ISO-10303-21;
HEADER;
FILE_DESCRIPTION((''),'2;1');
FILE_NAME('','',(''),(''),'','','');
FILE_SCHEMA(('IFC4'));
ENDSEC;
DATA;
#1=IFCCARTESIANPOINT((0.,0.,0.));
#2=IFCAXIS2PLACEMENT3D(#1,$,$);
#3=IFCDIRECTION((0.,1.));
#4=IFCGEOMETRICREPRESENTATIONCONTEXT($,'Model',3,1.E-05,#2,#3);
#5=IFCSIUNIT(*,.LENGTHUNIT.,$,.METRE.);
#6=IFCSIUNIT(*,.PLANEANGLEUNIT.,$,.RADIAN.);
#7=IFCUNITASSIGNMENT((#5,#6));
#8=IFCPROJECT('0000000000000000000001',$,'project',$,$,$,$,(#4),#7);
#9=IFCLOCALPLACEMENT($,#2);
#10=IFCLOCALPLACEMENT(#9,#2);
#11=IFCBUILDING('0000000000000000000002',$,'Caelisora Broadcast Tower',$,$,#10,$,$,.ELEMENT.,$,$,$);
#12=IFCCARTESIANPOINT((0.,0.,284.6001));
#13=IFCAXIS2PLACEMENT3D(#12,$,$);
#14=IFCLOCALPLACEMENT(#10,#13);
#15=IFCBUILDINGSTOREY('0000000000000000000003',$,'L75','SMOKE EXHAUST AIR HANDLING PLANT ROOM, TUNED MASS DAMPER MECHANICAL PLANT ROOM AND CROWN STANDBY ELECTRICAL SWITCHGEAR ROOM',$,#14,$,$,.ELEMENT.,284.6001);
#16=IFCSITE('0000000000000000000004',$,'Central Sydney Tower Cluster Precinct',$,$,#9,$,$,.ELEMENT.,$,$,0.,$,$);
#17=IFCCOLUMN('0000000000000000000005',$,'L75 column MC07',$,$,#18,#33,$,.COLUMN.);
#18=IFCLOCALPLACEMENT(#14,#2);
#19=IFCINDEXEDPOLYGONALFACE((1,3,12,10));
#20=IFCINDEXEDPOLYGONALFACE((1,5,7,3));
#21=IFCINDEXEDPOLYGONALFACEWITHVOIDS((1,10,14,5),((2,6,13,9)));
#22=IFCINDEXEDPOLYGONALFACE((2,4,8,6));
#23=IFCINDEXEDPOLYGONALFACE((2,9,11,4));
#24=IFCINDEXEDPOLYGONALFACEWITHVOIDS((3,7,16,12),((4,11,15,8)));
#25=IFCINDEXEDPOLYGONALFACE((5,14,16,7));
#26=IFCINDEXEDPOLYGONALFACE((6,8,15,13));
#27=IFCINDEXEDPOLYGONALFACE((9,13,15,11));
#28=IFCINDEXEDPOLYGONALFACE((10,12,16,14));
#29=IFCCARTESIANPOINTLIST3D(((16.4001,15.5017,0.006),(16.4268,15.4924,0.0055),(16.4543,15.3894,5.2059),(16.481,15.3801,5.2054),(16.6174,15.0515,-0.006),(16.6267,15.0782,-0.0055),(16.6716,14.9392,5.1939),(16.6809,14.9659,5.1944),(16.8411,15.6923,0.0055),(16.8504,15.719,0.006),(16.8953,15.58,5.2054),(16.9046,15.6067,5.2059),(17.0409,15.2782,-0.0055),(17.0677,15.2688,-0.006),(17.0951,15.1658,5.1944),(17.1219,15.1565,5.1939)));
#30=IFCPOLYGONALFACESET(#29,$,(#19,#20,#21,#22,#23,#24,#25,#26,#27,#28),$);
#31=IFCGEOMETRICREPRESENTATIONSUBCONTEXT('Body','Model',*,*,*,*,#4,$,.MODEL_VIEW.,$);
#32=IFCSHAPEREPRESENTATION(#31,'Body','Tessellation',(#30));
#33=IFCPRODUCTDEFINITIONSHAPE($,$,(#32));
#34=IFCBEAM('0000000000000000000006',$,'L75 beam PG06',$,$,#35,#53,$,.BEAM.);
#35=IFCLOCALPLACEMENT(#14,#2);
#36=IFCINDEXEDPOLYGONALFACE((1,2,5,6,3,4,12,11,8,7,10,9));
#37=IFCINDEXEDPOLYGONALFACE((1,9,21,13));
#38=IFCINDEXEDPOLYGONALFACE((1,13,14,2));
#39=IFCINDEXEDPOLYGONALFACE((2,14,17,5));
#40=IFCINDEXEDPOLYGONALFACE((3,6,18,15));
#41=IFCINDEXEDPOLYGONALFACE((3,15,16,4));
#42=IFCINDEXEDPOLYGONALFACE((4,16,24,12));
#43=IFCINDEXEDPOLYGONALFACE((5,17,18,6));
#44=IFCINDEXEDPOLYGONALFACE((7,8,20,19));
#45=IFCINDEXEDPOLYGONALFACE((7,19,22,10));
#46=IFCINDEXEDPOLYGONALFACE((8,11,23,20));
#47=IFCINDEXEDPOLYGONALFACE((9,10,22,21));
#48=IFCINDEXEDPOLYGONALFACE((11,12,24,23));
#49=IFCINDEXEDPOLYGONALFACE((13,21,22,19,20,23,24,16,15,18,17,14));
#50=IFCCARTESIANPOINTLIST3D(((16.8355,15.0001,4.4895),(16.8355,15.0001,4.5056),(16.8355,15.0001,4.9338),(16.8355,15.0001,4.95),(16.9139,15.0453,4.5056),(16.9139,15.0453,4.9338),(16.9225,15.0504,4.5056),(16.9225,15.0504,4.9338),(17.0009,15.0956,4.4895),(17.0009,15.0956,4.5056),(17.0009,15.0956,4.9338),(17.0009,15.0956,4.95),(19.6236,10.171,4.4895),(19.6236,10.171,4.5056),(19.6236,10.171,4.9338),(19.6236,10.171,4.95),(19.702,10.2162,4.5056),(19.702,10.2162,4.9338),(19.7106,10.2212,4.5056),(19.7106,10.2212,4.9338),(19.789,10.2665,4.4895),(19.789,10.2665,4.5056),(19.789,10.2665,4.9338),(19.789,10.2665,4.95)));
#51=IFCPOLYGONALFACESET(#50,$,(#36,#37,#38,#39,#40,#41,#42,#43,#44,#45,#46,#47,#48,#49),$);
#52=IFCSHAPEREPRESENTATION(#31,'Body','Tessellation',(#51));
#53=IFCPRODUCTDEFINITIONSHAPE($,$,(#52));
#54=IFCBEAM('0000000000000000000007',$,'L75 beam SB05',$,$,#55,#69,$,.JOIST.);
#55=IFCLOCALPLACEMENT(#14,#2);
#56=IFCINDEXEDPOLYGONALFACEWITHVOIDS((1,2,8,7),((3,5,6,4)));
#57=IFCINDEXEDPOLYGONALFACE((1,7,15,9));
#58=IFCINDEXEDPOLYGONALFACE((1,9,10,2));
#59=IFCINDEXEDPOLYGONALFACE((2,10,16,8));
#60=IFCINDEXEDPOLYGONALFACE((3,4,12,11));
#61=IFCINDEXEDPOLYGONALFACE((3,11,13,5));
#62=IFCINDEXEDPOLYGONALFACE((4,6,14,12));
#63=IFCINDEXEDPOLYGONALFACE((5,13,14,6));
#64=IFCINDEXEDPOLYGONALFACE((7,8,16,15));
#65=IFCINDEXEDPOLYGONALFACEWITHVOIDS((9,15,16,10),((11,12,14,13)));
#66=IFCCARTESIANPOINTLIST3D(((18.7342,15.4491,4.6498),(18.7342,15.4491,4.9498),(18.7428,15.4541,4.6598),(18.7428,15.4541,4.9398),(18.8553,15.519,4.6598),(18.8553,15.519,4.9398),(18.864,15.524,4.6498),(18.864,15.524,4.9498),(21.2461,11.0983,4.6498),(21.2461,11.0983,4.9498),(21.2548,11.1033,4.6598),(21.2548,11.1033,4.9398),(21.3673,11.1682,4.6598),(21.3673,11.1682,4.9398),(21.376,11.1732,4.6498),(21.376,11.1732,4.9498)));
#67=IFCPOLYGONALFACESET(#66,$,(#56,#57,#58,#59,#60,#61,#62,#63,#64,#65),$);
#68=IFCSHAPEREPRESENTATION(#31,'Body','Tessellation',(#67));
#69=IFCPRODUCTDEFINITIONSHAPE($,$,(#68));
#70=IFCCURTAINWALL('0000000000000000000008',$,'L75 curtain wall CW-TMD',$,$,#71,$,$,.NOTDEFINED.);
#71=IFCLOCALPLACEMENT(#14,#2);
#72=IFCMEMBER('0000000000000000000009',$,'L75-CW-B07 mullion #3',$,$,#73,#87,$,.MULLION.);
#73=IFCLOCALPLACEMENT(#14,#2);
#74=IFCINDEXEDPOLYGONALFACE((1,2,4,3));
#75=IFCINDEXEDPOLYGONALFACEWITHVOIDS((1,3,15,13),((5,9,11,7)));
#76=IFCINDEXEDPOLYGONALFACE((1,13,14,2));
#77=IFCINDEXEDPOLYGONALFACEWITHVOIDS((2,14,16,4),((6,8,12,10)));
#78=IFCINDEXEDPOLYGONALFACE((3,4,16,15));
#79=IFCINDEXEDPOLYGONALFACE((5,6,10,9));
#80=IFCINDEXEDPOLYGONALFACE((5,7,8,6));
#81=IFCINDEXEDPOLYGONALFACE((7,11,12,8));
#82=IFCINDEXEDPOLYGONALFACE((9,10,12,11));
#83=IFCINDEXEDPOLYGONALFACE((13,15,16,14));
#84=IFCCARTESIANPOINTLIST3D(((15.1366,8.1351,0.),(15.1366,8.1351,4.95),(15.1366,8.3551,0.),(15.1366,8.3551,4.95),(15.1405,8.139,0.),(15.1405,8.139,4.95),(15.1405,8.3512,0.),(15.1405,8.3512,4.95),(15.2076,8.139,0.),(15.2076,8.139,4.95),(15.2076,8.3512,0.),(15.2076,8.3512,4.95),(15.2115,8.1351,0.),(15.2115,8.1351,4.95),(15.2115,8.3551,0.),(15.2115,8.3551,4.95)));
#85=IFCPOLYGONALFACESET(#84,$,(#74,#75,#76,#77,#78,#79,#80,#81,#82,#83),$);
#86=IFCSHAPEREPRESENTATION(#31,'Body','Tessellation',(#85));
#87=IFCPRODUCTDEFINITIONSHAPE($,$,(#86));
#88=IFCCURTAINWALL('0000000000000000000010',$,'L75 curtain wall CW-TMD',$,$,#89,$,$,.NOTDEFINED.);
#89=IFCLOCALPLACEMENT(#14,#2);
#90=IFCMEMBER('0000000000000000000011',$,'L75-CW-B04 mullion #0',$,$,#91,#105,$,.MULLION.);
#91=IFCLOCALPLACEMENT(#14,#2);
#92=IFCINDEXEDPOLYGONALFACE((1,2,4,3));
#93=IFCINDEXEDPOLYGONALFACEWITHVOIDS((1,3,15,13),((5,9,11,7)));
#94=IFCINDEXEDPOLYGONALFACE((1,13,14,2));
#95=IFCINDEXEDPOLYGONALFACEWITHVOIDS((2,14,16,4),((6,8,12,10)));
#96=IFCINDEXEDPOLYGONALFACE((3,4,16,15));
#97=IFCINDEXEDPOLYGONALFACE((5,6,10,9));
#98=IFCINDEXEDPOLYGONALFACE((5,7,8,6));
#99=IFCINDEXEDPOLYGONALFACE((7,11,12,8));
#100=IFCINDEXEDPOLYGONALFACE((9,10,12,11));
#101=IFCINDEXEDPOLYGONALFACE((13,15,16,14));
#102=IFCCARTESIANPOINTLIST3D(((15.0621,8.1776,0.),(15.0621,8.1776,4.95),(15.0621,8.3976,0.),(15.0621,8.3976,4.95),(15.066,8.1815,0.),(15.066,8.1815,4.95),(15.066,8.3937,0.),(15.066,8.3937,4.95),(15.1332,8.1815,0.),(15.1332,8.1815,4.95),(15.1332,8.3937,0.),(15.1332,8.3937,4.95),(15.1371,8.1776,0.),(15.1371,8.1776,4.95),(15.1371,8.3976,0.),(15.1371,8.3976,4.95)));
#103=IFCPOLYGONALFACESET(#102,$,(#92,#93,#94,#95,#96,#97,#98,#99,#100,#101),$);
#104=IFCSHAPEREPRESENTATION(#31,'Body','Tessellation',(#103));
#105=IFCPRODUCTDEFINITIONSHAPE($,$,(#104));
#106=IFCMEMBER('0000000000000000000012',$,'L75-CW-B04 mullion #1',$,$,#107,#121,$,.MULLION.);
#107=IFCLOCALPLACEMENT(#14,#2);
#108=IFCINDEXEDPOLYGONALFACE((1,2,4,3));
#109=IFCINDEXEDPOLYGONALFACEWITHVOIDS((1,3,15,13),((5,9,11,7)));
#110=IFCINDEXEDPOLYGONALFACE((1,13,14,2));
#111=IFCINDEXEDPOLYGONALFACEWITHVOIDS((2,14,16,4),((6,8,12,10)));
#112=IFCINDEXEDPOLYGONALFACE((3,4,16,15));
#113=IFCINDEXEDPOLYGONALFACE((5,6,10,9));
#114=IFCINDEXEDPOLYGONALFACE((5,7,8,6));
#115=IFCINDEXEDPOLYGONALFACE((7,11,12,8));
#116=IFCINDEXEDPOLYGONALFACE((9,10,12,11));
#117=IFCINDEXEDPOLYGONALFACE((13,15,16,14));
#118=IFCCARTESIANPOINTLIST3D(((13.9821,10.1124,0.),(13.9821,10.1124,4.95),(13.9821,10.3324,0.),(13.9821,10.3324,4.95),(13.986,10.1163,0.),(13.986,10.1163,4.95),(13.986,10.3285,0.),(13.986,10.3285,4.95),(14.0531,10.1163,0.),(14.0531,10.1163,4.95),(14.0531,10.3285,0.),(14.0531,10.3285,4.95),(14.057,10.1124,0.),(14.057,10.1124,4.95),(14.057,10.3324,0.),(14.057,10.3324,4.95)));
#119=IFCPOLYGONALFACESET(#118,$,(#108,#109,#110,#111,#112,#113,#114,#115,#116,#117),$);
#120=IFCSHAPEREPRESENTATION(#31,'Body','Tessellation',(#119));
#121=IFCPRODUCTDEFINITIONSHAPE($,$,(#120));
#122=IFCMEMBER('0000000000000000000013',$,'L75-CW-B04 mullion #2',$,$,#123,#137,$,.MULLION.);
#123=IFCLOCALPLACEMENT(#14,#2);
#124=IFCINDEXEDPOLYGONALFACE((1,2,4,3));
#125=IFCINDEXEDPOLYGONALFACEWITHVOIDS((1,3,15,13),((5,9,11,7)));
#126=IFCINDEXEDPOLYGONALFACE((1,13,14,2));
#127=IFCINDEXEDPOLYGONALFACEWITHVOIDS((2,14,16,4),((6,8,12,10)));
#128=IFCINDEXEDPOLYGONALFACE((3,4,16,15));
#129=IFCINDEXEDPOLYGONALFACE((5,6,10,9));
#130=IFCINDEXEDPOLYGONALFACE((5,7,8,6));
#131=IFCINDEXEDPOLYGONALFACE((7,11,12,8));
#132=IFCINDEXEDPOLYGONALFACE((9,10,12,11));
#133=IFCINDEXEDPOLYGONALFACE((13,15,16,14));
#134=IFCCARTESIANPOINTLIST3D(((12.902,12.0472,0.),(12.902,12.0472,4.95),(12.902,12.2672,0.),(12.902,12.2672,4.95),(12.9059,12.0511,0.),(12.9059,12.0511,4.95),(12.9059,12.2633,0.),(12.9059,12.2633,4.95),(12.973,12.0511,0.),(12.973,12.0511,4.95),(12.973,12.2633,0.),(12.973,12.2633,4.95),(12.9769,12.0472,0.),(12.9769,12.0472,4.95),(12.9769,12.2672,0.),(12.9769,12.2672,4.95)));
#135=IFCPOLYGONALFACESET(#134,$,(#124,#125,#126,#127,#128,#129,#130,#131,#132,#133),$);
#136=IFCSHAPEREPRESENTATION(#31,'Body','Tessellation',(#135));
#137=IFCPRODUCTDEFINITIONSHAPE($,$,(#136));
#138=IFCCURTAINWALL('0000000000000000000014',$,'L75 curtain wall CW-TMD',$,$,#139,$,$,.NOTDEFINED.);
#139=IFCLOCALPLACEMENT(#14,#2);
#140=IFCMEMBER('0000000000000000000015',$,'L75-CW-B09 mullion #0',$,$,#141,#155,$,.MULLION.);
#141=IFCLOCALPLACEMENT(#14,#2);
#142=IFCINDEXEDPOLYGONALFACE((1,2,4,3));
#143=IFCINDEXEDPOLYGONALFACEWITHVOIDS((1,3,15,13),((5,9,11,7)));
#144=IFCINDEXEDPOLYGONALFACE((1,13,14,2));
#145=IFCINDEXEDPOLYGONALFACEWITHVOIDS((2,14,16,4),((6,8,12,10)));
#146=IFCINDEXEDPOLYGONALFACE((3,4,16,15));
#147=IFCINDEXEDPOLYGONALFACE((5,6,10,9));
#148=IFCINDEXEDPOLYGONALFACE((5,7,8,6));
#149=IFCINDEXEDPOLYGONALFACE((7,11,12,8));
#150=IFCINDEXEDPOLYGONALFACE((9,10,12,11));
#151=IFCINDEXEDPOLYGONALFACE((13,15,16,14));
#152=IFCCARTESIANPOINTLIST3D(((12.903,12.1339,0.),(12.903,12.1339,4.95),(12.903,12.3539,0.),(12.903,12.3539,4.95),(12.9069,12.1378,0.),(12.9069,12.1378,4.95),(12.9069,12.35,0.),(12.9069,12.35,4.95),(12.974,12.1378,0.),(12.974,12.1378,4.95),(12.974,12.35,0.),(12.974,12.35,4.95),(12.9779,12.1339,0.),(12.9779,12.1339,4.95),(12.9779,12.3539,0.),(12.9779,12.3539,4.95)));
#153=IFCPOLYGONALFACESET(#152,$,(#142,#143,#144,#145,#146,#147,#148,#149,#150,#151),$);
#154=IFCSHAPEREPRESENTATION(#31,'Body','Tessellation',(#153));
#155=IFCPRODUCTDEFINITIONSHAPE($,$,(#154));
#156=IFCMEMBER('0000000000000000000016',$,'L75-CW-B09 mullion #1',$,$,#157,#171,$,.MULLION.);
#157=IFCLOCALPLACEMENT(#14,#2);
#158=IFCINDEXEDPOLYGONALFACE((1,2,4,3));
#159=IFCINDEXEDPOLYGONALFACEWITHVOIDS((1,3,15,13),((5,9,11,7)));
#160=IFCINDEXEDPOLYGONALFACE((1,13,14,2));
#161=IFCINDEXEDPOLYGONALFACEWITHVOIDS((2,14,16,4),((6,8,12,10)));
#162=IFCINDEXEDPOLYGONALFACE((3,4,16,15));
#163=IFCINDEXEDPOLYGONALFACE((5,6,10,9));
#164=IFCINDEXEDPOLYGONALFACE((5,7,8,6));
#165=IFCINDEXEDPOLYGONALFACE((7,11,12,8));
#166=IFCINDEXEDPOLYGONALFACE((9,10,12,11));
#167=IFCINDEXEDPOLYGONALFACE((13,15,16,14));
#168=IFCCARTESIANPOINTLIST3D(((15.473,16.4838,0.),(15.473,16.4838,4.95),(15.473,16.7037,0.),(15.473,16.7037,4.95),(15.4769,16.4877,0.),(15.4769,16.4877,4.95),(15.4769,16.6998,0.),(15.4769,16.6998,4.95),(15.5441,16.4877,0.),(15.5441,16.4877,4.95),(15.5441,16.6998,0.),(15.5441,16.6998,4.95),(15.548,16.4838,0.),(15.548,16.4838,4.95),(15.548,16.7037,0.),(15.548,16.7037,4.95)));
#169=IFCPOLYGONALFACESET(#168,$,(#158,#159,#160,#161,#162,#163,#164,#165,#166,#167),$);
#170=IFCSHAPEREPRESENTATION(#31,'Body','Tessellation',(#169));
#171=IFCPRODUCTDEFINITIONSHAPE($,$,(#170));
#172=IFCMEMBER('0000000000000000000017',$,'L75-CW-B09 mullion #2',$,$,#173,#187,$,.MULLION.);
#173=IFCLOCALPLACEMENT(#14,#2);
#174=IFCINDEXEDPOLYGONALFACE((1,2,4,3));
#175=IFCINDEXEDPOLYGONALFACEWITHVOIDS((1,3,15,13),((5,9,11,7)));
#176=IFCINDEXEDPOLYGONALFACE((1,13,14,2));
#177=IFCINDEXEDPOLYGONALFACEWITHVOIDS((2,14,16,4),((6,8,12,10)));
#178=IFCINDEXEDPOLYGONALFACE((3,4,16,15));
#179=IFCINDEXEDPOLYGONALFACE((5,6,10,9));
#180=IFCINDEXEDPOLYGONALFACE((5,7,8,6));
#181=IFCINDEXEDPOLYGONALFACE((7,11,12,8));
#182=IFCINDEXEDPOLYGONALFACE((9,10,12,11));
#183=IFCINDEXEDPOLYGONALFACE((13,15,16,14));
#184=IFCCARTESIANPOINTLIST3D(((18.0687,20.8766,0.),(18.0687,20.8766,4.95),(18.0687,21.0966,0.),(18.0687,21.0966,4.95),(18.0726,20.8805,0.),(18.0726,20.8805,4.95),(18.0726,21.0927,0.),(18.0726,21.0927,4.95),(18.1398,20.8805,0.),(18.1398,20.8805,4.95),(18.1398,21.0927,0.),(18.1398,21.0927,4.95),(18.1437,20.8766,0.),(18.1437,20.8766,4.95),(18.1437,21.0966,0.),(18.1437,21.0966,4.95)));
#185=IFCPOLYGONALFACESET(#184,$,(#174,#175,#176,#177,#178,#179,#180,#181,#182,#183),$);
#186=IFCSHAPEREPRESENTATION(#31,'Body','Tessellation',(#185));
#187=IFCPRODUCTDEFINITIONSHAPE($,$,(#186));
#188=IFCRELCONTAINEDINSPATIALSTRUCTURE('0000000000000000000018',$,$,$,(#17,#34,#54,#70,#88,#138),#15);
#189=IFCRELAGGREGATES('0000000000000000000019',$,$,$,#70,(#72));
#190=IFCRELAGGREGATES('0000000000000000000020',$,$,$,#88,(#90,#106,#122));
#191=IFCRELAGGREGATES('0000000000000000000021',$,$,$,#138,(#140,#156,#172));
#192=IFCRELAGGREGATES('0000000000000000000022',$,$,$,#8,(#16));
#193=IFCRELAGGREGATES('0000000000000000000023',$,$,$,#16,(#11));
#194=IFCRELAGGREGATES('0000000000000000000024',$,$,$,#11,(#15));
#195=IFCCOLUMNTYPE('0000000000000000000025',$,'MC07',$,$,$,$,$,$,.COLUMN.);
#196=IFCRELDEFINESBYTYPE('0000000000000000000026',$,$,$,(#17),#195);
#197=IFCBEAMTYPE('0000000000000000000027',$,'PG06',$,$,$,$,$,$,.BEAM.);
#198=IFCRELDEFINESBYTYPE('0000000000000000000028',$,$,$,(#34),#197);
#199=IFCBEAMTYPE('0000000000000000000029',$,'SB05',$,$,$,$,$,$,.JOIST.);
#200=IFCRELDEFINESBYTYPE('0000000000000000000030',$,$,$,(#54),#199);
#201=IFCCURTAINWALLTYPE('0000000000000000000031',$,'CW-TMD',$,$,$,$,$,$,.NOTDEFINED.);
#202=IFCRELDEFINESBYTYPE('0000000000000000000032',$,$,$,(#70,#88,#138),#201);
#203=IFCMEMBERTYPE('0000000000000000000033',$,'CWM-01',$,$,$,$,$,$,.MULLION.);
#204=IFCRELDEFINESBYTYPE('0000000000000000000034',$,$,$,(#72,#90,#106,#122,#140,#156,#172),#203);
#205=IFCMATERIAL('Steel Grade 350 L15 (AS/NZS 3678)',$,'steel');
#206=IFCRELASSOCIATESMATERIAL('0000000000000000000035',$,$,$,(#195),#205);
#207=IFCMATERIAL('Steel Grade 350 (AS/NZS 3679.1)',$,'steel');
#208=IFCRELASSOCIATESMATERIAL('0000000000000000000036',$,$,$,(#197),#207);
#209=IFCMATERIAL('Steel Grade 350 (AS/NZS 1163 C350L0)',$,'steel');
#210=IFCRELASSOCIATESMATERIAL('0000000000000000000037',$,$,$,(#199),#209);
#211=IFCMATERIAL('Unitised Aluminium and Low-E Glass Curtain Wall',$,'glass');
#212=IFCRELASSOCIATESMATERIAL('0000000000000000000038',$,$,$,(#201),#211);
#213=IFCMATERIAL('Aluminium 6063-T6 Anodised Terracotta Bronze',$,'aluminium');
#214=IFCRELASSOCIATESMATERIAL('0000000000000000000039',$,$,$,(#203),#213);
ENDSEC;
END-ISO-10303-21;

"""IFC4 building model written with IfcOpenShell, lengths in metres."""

from ifc_helpers import new_model, si_unit, direction, frame, origin, origin_2d, place, context, subcontext, project, spatial, hollow_rectangle, i_section, extrude, source, transform, mapped, material, material_profile, profile_set, type_object, type_shapes, element, aggregate, save


model = new_model("IFC4")

# Units and contexts
model_context = context("Model", 3, precision=1e-05, world=origin(), true_north=direction((0.0, 1.0)))
body_context = subcontext(model_context, "Body", "Model", "MODEL_VIEW")
ifc_project = project(units=[si_unit("LENGTHUNIT", "METRE"), si_unit("PLANEANGLEUNIT", "RADIAN")], contexts=[model_context])

# Site, building, storey
site_placement = place(None, origin())
site = spatial("IfcSite", under=ifc_project, at=site_placement, Name="Central Sydney Tower Cluster Precinct", CompositionType="ELEMENT", RefElevation=0.0)
building_placement = place(site_placement, origin())
building = spatial("IfcBuilding", under=site, at=building_placement, Name="Caelisora Broadcast Tower", CompositionType="ELEMENT")
storey_placement = place(building_placement, frame((0.0, 0.0, 284.6001)))
storey = spatial("IfcBuildingStorey", under=building, at=storey_placement, Name="L75", Description="SMOKE EXHAUST AIR HANDLING PLANT ROOM, TUNED MASS DAMPER MECHANICAL PLANT ROOM AND CROWN STANDBY ELECTRICAL SWITCHGEAR ROOM", CompositionType="ELEMENT", Elevation=284.6001)

# Column
ifc_material_1 = material(Name="Steel Grade 350 L15 (AS/NZS 3678)", Category="steel")
ifc_material_profile_1 = material_profile(ifc_material_1, hollow_rectangle(XDim=0.5, YDim=0.5, WallThickness=0.02, at=origin_2d()), Name="Steel Grade 350 L15 (AS/NZS 3678)")
ifc_profile_set_1 = profile_set([ifc_material_profile_1], Name="Steel Grade 350 L15 (AS/NZS 3678)")
column_type = type_object("IfcColumnType", Name="MC07", PredefinedType="COLUMN", material=ifc_profile_set_1)
shared_shape_1 = source(origin(), body_context, "Body", "SweptSolid", [
    extrude(hollow_rectangle(XDim=0.5, YDim=0.5, WallThickness=0.02, at=origin_2d()), origin(), (0.0, 0.0, 1.0), 5.2014),
])
type_shapes(column_type, [shared_shape_1])
column_placement = place(storey_placement, frame((16.7339, 15.3853, 0.0), z_axis=(0.01042, -0.021591, 0.999713), x_axis=(0.900604, 0.43464, 0.0)))
element("IfcColumn", 1, at=column_placement, inside=storey, type_object=column_type, Name="L75 column MC07", PredefinedType="COLUMN", context=body_context, shape_type="MappedRepresentation", body=[
    mapped(shared_shape_1, transform((0.0, 0.0, 0.0), scale=1.0)),
])

# Beams
ifc_material_2 = material(Name="Steel Grade 350 (AS/NZS 3679.1)", Category="steel")
ifc_material_profile_2 = material_profile(ifc_material_2, i_section(OverallWidth=0.1909, OverallDepth=0.4604, WebThickness=0.01, FlangeThickness=0.0161, at=origin_2d()), Name="Steel Grade 350 (AS/NZS 3679.1)")
ifc_profile_set_2 = profile_set([ifc_material_profile_2], Name="Steel Grade 350 (AS/NZS 3679.1)")
beam_type_1 = type_object("IfcBeamType", Name="PG06", PredefinedType="BEAM", material=ifc_profile_set_2)
shared_shape_2 = source(origin(), body_context, "Body", "SweptSolid", [
    extrude(i_section(OverallWidth=0.1909, OverallDepth=0.4604, WebThickness=0.01, FlangeThickness=0.0161, at=origin_2d()), origin(), (0.0, 0.0, 1.0), 5.5762),
])
type_shapes(beam_type_1, [shared_shape_2])
beam_1_placement = place(storey_placement, frame((16.9182, 15.0479, 4.7197), z_axis=(0.5, -0.866025, 0.0), x_axis=(0.866025, 0.5, 0.0)))
element("IfcBeam", 2, at=beam_1_placement, inside=storey, type_object=beam_type_1, Name="L75 beam PG06", PredefinedType="BEAM", context=body_context, shape_type="MappedRepresentation", body=[
    mapped(shared_shape_2, transform((0.0, 0.0, 0.0), scale=1.0)),
])
ifc_material_3 = material(Name="Steel Grade 350 (AS/NZS 1163 C350L0)", Category="steel")
ifc_material_profile_3 = material_profile(ifc_material_3, hollow_rectangle(XDim=0.1499, YDim=0.3, WallThickness=0.01, at=origin_2d()), Name="Steel Grade 350 (AS/NZS 1163 C350L0)")
ifc_profile_set_3 = profile_set([ifc_material_profile_3], Name="Steel Grade 350 (AS/NZS 1163 C350L0)")
beam_type_2 = type_object("IfcBeamType", Name="SB05", PredefinedType="JOIST", material=ifc_profile_set_3)
shared_shape_3 = source(origin(), body_context, "Body", "SweptSolid", [
    extrude(hollow_rectangle(XDim=0.1499, YDim=0.3, WallThickness=0.01, at=origin_2d()), origin(), (0.0, 0.0, 1.0), 5.0239),
])
type_shapes(beam_type_2, [shared_shape_3])
beam_2_placement = place(storey_placement, frame((18.7991, 15.4866, 4.7998), z_axis=(0.500001, -0.866025, 0.0), x_axis=(0.866025, 0.500001, 0.0)))
element("IfcBeam", 3, at=beam_2_placement, inside=storey, type_object=beam_type_2, Name="L75 beam SB05", PredefinedType="JOIST", context=body_context, shape_type="MappedRepresentation", body=[
    mapped(shared_shape_3, transform((0.0, 0.0, 0.0), scale=1.0)),
])

# Curtain wall, member
ifc_material_4 = material(Name="Unitised Aluminium and Low-E Glass Curtain Wall", Category="glass")
curtain_wall_type = type_object("IfcCurtainWallType", Name="CW-TMD", PredefinedType="NOTDEFINED", material=ifc_material_4)
curtain_wall_1_placement = place(storey_placement, origin())
curtain_wall_1 = element("IfcCurtainWall", 4, at=curtain_wall_1_placement, inside=storey, type_object=curtain_wall_type, Name="L75 curtain wall CW-TMD", PredefinedType="NOTDEFINED")
ifc_material_5 = material(Name="Aluminium 6063-T6 Anodised Terracotta Bronze", Category="aluminium")
ifc_material_profile_4 = material_profile(ifc_material_5, hollow_rectangle(XDim=0.075, YDim=0.22, WallThickness=0.0039, at=origin_2d()), Name="Aluminium 6063-T6 Anodised Terracotta Bronze")
ifc_profile_set_4 = profile_set([ifc_material_profile_4], Name="Aluminium 6063-T6 Anodised Terracotta Bronze")
member_type_1 = type_object("IfcMemberType", Name="CWM-01", PredefinedType="MULLION", material=ifc_profile_set_4)
shared_shape_4 = source(origin(), body_context, "Body", "SweptSolid", [
    extrude(hollow_rectangle(XDim=0.075, YDim=0.22, WallThickness=0.0039, at=origin_2d()), origin(), (0.0, 0.0, 1.0), 4.95),
])
type_shapes(member_type_1, [shared_shape_4])
member_1_placement = place(storey_placement, frame((15.1741, 8.2451, 0.0), z_axis=(0.0, 0.0, 1.0), x_axis=(1.0, 0.0, 0.0)))
member_1 = element("IfcMember", 5, at=member_1_placement, type_object=member_type_1, Name="L75-CW-B07 mullion #3", PredefinedType="MULLION", context=body_context, shape_type="MappedRepresentation", body=[
    mapped(shared_shape_4, transform((0.0, 0.0, 0.0), scale=1.0)),
])

# Curtain walls, members
curtain_wall_2_placement = place(storey_placement, origin())
curtain_wall_2 = element("IfcCurtainWall", 6, at=curtain_wall_2_placement, inside=storey, type_object=curtain_wall_type, Name="L75 curtain wall CW-TMD", PredefinedType="NOTDEFINED")
member_2_placement = place(storey_placement, frame((15.0996, 8.2876, 0.0), z_axis=(0.0, 0.0, 1.0), x_axis=(1.0, 0.0, 0.0)))
member_2 = element("IfcMember", 7, at=member_2_placement, type_object=member_type_1, Name="L75-CW-B04 mullion #0", PredefinedType="MULLION", context=body_context, shape_type="MappedRepresentation", body=[
    mapped(shared_shape_4, transform((0.0, 0.0, 0.0), scale=1.0)),
])
member_3_placement = place(storey_placement, frame((14.0195, 10.2224, 0.0), z_axis=(0.0, 0.0, 1.0), x_axis=(1.0, 0.0, 0.0)))
member_3 = element("IfcMember", 8, at=member_3_placement, type_object=member_type_1, Name="L75-CW-B04 mullion #1", PredefinedType="MULLION", context=body_context, shape_type="MappedRepresentation", body=[
    mapped(shared_shape_4, transform((0.0, 0.0, 0.0), scale=1.0)),
])
member_4_placement = place(storey_placement, frame((12.9395, 12.1572, 0.0), z_axis=(0.0, 0.0, 1.0), x_axis=(1.0, 0.0, 0.0)))
member_4 = element("IfcMember", 9, at=member_4_placement, type_object=member_type_1, Name="L75-CW-B04 mullion #2", PredefinedType="MULLION", context=body_context, shape_type="MappedRepresentation", body=[
    mapped(shared_shape_4, transform((0.0, 0.0, 0.0), scale=1.0)),
])
curtain_wall_3_placement = place(storey_placement, origin())
curtain_wall_3 = element("IfcCurtainWall", 10, at=curtain_wall_3_placement, inside=storey, type_object=curtain_wall_type, Name="L75 curtain wall CW-TMD", PredefinedType="NOTDEFINED")
member_5_placement = place(storey_placement, frame((12.9404, 12.2439, 0.0), z_axis=(0.0, 0.0, 1.0), x_axis=(1.0, 0.0, 0.0)))
member_5 = element("IfcMember", 11, at=member_5_placement, type_object=member_type_1, Name="L75-CW-B09 mullion #0", PredefinedType="MULLION", context=body_context, shape_type="MappedRepresentation", body=[
    mapped(shared_shape_4, transform((0.0, 0.0, 0.0), scale=1.0)),
])
member_6_placement = place(storey_placement, frame((15.5105, 16.5938, 0.0), z_axis=(0.0, 0.0, 1.0), x_axis=(1.0, 0.0, 0.0)))
member_6 = element("IfcMember", 12, at=member_6_placement, type_object=member_type_1, Name="L75-CW-B09 mullion #1", PredefinedType="MULLION", context=body_context, shape_type="MappedRepresentation", body=[
    mapped(shared_shape_4, transform((0.0, 0.0, 0.0), scale=1.0)),
])
member_7_placement = place(storey_placement, frame((18.1062, 20.9866, 0.0), z_axis=(0.0, 0.0, 1.0), x_axis=(1.0, 0.0, 0.0)))
member_7 = element("IfcMember", 13, at=member_7_placement, type_object=member_type_1, Name="L75-CW-B09 mullion #2", PredefinedType="MULLION", context=body_context, shape_type="MappedRepresentation", body=[
    mapped(shared_shape_4, transform((0.0, 0.0, 0.0), scale=1.0)),
])

aggregate(curtain_wall_1, [member_1])
aggregate(curtain_wall_2, [member_2, member_3, member_4])
aggregate(curtain_wall_3, [member_5, member_6, member_7])

save(model, "model.ifc")
